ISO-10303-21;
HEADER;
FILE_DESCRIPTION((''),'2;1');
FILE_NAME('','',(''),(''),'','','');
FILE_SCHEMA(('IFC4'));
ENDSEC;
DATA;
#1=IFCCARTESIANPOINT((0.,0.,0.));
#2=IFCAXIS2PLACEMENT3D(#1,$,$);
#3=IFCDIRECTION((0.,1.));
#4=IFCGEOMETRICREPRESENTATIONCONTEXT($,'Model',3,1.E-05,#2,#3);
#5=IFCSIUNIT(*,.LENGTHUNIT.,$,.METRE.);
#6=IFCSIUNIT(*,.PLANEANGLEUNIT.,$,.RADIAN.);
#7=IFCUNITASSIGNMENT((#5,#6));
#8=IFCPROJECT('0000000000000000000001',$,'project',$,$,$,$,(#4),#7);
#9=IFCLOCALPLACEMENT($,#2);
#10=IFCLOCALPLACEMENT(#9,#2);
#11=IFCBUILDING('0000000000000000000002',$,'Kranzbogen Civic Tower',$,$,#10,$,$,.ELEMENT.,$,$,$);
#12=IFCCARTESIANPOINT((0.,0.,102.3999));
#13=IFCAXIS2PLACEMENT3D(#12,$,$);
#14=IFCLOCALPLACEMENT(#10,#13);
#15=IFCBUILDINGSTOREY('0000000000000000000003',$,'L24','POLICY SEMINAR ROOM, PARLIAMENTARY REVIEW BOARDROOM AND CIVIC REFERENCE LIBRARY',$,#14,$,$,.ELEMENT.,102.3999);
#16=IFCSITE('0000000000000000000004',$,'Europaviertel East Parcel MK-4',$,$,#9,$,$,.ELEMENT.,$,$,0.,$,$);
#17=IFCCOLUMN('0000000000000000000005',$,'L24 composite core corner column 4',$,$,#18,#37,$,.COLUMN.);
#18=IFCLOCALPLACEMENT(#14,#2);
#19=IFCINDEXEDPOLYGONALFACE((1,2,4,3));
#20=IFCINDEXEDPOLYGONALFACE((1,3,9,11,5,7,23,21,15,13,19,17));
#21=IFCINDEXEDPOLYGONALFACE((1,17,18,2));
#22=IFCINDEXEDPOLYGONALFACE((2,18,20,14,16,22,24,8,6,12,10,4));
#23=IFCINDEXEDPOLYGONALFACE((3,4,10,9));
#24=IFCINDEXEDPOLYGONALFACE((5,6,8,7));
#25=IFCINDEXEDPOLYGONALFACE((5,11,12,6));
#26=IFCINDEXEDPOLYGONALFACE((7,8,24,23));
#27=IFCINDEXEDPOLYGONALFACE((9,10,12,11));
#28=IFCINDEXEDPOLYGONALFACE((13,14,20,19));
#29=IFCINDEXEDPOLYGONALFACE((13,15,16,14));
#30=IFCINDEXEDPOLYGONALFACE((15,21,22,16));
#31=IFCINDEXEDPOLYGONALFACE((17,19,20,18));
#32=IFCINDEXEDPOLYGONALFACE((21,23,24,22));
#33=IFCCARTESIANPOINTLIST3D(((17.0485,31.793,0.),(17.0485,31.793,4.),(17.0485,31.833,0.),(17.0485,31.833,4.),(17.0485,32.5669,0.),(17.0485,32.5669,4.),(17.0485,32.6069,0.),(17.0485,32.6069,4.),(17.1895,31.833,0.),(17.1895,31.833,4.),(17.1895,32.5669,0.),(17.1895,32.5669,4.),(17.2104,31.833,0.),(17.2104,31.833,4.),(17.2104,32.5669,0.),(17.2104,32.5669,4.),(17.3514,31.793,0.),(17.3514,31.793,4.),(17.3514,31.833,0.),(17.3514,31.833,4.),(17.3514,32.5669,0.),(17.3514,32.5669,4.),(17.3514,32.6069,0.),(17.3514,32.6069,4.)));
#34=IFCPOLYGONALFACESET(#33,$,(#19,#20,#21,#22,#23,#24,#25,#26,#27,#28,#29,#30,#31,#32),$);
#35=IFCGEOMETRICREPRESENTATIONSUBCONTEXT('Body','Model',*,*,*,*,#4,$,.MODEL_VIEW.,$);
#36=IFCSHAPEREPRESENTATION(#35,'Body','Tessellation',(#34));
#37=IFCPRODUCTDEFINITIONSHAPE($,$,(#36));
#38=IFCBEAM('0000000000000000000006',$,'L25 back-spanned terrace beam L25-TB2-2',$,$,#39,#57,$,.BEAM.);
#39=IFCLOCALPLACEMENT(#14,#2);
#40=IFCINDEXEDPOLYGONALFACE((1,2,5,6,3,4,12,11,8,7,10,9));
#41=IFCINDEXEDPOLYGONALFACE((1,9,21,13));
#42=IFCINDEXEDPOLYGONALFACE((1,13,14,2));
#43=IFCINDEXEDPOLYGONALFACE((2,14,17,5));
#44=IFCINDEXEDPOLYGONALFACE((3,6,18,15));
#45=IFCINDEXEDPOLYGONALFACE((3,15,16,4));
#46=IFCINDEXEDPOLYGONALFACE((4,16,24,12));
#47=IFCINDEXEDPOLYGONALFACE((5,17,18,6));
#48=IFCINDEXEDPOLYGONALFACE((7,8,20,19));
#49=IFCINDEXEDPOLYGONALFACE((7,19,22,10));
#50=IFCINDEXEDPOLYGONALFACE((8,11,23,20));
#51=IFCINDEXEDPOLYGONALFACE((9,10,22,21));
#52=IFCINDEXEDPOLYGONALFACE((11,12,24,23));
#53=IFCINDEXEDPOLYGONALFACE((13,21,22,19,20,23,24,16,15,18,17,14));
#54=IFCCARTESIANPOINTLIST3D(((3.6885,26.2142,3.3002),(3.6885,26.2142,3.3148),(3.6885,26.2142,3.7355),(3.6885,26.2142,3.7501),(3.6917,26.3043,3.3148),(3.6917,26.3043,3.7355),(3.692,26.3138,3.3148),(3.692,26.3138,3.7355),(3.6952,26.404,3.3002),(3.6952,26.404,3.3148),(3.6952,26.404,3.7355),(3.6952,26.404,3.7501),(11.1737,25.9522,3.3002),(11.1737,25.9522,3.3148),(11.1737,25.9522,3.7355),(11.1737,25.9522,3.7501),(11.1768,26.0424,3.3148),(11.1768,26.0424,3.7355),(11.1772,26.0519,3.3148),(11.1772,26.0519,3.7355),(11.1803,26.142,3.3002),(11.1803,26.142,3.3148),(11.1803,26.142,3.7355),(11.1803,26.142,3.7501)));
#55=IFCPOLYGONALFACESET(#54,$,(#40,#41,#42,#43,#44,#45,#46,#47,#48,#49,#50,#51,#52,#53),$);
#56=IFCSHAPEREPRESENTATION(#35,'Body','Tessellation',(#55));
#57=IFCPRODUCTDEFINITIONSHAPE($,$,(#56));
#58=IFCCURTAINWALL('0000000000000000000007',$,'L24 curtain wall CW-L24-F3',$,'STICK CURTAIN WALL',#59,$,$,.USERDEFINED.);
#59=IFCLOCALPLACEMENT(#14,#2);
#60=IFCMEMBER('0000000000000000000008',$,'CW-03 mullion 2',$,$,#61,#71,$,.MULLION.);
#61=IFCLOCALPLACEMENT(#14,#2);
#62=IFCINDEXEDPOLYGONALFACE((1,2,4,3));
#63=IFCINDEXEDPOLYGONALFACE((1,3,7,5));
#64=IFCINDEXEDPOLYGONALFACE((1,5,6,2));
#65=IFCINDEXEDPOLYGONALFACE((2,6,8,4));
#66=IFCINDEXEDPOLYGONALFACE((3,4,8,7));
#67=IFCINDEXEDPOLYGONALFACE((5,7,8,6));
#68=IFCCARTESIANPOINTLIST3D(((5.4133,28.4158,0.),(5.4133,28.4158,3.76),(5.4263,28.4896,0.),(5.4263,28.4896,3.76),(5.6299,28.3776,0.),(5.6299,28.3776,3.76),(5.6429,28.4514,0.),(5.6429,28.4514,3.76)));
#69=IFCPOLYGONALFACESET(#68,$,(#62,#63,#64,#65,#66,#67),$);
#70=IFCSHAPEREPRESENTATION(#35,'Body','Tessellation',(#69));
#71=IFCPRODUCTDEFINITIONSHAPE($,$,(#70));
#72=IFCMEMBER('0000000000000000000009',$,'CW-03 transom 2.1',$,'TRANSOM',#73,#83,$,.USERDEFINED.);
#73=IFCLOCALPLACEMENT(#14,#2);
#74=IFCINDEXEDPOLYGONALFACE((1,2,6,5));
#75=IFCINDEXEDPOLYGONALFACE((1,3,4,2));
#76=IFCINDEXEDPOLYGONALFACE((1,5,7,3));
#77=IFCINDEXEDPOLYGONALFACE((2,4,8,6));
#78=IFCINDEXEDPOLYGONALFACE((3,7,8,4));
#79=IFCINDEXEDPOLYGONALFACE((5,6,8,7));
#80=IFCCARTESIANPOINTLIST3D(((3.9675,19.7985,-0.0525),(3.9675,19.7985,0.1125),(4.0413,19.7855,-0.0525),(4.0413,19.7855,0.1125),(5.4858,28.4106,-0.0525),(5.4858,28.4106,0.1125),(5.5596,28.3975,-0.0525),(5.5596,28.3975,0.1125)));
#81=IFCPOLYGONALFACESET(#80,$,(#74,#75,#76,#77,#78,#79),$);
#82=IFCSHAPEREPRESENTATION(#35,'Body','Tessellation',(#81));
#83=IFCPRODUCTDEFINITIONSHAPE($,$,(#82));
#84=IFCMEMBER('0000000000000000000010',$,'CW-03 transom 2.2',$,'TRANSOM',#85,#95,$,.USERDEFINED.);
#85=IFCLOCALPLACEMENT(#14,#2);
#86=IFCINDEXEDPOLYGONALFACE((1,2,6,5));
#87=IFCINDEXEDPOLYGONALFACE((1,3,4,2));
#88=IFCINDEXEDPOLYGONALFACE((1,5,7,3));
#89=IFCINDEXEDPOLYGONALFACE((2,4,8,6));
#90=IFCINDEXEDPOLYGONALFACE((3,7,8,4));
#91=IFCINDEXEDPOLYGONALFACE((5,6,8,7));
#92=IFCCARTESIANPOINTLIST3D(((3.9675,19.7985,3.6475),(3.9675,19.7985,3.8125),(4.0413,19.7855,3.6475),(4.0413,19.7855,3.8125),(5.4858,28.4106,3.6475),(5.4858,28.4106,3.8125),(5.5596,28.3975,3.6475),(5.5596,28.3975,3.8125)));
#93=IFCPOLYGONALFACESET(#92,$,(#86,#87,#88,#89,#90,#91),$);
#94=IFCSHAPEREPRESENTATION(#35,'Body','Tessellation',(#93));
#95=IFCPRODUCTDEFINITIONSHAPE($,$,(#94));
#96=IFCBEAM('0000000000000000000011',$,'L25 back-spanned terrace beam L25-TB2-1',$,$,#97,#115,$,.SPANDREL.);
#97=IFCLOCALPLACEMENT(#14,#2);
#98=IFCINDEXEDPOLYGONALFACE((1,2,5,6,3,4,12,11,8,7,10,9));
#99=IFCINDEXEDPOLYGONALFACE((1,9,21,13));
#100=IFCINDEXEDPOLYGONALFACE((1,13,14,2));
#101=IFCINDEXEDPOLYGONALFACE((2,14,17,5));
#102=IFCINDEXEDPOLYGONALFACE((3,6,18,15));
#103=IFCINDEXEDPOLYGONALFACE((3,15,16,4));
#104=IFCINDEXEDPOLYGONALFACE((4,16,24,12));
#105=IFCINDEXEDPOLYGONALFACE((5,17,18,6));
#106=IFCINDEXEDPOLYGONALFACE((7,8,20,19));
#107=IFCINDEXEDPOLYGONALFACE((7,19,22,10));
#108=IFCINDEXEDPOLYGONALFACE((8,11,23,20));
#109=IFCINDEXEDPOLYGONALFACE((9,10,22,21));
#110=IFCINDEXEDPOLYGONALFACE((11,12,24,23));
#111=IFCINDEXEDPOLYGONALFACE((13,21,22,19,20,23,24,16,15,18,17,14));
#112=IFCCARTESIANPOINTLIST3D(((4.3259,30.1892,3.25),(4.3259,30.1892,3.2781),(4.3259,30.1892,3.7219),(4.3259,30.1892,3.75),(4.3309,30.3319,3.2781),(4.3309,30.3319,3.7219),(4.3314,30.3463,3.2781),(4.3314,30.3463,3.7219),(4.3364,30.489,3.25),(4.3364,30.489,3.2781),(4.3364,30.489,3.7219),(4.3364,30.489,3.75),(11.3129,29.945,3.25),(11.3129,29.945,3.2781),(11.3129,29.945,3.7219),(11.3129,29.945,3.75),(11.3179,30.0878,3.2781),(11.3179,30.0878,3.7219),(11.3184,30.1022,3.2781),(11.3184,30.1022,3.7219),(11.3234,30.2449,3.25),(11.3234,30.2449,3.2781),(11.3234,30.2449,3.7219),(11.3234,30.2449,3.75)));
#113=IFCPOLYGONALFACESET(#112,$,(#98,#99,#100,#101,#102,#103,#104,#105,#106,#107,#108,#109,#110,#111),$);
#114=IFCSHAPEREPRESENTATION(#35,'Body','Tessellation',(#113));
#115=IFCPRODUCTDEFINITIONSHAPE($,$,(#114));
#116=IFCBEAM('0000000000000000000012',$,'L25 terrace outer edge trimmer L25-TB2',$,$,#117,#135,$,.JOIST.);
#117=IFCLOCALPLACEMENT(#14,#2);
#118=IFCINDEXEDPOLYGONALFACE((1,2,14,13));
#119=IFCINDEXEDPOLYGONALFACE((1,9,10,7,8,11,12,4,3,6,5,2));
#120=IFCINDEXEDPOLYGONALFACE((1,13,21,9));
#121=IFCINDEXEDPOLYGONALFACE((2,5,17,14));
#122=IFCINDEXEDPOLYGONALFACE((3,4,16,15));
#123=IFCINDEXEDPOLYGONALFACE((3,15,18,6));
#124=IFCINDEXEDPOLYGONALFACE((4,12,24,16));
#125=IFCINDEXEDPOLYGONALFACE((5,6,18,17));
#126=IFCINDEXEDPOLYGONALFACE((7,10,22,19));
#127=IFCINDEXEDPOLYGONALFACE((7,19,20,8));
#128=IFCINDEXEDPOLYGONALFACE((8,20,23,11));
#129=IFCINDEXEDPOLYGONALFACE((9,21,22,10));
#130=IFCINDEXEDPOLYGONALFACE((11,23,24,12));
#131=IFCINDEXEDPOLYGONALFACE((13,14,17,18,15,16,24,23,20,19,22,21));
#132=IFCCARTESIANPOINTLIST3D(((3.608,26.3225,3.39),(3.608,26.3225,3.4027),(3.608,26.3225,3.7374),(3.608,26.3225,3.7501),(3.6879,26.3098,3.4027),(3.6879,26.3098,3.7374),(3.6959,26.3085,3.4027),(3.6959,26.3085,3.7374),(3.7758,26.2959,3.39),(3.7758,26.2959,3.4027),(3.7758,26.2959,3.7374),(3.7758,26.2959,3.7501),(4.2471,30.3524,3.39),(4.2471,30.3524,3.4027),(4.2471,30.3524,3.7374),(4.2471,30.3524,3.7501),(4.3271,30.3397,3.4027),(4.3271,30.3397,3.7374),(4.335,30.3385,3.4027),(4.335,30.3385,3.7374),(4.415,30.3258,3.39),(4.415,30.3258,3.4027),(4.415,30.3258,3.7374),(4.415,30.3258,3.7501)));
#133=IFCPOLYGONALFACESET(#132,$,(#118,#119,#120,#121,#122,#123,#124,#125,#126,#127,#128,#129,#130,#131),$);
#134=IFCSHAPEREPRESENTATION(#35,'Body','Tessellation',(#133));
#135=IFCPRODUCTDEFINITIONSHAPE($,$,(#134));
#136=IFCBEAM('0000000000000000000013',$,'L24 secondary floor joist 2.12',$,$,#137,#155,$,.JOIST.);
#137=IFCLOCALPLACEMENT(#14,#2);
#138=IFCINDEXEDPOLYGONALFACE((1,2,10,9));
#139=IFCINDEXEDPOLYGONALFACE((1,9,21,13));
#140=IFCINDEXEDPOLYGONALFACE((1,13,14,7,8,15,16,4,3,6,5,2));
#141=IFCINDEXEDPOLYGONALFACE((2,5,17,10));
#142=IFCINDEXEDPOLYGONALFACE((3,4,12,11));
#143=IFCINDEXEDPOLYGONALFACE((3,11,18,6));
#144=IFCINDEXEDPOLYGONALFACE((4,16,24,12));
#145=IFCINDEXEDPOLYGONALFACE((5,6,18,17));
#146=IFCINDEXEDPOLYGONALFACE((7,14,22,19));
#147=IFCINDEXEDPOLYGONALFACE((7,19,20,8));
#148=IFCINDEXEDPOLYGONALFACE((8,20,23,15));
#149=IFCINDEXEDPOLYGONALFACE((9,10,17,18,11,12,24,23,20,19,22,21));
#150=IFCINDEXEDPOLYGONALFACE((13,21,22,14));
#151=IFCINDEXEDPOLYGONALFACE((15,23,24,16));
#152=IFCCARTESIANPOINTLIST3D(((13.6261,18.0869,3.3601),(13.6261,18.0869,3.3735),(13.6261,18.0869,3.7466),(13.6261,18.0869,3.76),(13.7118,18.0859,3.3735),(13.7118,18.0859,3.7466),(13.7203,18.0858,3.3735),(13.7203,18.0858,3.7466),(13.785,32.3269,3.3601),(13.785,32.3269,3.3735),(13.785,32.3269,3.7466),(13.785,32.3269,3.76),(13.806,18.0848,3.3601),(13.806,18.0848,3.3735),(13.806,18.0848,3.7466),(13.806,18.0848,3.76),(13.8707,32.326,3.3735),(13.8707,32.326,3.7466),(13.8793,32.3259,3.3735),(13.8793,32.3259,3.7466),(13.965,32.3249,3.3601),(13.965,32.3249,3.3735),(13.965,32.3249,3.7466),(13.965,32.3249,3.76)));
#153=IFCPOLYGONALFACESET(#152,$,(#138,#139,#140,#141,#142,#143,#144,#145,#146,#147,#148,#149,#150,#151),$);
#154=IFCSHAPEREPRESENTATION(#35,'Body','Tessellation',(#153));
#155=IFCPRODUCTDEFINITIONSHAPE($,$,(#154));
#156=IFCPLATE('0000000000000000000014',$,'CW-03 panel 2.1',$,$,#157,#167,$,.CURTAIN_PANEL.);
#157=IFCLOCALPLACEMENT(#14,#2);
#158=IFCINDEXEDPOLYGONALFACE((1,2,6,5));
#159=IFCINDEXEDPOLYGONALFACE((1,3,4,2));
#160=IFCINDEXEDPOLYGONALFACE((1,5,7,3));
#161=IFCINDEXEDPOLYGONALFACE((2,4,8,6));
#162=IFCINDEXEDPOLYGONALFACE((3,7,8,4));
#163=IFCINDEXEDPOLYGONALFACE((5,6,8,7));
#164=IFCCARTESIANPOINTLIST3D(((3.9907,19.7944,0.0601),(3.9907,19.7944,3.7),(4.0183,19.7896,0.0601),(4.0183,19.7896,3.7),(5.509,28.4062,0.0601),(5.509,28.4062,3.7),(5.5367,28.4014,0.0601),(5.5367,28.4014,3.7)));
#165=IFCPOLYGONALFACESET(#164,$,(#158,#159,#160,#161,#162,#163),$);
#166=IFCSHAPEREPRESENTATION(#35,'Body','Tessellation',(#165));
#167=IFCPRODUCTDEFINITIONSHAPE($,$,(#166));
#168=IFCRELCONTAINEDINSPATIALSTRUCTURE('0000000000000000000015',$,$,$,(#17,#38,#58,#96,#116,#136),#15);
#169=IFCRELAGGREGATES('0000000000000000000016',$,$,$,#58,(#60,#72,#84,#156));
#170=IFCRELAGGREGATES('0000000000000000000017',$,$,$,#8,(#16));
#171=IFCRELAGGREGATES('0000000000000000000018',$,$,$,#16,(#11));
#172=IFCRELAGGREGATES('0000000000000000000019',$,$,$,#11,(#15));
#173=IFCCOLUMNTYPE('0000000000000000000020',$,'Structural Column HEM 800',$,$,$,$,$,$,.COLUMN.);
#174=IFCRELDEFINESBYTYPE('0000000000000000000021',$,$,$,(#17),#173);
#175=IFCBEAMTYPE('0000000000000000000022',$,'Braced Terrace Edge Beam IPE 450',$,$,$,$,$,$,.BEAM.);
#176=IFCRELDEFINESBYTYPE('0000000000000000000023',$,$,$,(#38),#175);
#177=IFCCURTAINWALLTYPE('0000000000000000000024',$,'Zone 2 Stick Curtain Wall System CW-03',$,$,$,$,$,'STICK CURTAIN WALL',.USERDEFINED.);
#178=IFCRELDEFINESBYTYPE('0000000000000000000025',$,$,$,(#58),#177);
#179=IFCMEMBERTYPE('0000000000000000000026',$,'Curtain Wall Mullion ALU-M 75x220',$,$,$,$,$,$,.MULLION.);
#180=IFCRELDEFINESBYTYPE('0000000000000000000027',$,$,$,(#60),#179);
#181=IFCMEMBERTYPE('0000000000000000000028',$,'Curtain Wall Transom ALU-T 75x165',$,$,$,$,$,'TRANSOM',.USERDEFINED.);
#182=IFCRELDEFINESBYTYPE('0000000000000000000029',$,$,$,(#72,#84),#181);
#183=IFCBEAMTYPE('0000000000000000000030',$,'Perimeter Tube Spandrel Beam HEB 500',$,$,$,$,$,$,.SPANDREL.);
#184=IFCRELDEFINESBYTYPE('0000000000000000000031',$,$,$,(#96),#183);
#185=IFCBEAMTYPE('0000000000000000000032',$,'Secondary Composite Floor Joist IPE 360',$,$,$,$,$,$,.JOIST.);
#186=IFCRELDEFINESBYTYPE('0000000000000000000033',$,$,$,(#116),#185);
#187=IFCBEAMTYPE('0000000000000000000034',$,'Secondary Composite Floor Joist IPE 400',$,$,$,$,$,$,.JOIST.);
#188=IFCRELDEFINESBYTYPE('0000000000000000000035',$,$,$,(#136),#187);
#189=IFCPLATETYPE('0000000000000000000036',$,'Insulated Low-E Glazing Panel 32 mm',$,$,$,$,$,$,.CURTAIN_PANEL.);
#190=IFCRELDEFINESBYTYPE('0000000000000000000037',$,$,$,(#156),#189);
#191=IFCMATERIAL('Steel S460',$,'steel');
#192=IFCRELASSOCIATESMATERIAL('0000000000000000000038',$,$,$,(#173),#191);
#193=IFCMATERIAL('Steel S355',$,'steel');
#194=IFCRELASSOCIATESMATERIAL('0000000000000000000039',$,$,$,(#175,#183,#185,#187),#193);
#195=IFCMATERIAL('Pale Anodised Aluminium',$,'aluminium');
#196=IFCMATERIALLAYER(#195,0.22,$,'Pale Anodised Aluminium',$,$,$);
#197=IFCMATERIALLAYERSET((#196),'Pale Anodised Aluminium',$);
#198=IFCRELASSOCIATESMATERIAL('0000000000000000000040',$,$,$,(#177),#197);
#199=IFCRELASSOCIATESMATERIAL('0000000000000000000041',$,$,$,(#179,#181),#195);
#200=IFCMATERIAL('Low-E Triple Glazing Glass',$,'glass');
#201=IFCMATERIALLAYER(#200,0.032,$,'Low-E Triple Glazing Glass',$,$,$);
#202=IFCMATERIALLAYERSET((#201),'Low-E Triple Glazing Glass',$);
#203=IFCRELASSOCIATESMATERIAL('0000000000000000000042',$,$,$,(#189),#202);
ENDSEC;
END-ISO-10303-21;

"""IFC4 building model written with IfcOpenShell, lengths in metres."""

from ifc_helpers import new_model, si_unit, direction, frame, origin, origin_2d, place, context, subcontext, project, spatial, rectangle, i_section, extrude, material, layer, layer_set, material_profile, profile_set, type_object, element, aggregate, save


model = new_model("IFC4")

# Units and contexts
model_context = context("Model", 3, precision=1e-05, world=origin(), true_north=direction((0.0, 1.0)))
body_context = subcontext(model_context, "Body", "Model", "MODEL_VIEW")
ifc_project = project(units=[si_unit("LENGTHUNIT", "METRE"), si_unit("PLANEANGLEUNIT", "RADIAN")], contexts=[model_context])

# Site, building, storey
site_placement = place(None, origin())
site = spatial("IfcSite", under=ifc_project, at=site_placement, Name="Europaviertel East Parcel MK-4", CompositionType="ELEMENT", RefElevation=0.0)
building_placement = place(site_placement, origin())
building = spatial("IfcBuilding", under=site, at=building_placement, Name="Kranzbogen Civic Tower", CompositionType="ELEMENT")
storey_placement = place(building_placement, frame((0.0, 0.0, 102.3999)))
storey = spatial("IfcBuildingStorey", under=building, at=storey_placement, Name="L24", Description="POLICY SEMINAR ROOM, PARLIAMENTARY REVIEW BOARDROOM AND CIVIC REFERENCE LIBRARY", CompositionType="ELEMENT", Elevation=102.3999)

# Column
ifc_material_1 = material(Name="Steel S460", Category="steel")
ifc_material_profile_1 = material_profile(ifc_material_1, i_section(OverallWidth=0.303, OverallDepth=0.814, WebThickness=0.021, FlangeThickness=0.04, at=origin_2d()), Name="HEM 800")
ifc_profile_set_1 = profile_set([ifc_material_profile_1], Name="Steel S460")
column_type = type_object("IfcColumnType", Name="Structural Column HEM 800", PredefinedType="COLUMN", material=ifc_profile_set_1)
column_placement = place(storey_placement, frame((17.2, 32.2, 0.0), z_axis=(0.0, 0.0, 1.0), x_axis=(1.0, 0.0, 0.0)))
element("IfcColumn", 1, at=column_placement, inside=storey, type_object=column_type, Name="L24 composite core corner column 4", PredefinedType="COLUMN", context=body_context, shape_type="SweptSolid", body=[
    extrude(i_section(OverallWidth=0.303, OverallDepth=0.814, WebThickness=0.021, FlangeThickness=0.04, at=origin_2d()), origin(), (0.0, 0.0, 1.0), 4.0),
])

# Beam
ifc_material_2 = material(Name="Steel S355", Category="steel")
ifc_material_profile_2 = material_profile(ifc_material_2, i_section(OverallWidth=0.1899, OverallDepth=0.45, WebThickness=0.0095, FlangeThickness=0.0146, at=origin_2d()), Name="IPE 450")
ifc_profile_set_2 = profile_set([ifc_material_profile_2], Name="Steel S355")
beam_type_1 = type_object("IfcBeamType", Name="Braced Terrace Edge Beam IPE 450", PredefinedType="BEAM", material=ifc_profile_set_2)
beam_1_placement = place(storey_placement, frame((11.177, 26.0471, 3.5251), z_axis=(-0.999388, 0.034976, 0.0), x_axis=(-0.034976, -0.999388, 0.0)))
element("IfcBeam", 2, at=beam_1_placement, inside=storey, type_object=beam_type_1, Name="L25 back-spanned terrace beam L25-TB2-2", PredefinedType="BEAM", context=body_context, shape_type="SweptSolid", body=[
    extrude(i_section(OverallWidth=0.1899, OverallDepth=0.45, WebThickness=0.0095, FlangeThickness=0.0146, at=origin_2d()), origin(), (0.0, 0.0, 1.0), 7.4897),
])

# Curtain wall, members
ifc_material_3 = material(Name="Pale Anodised Aluminium", Category="aluminium")
ifc_layer_1 = layer(ifc_material_3, 0.22, Name="Pale Anodised Aluminium")
ifc_layer_set_1 = layer_set([ifc_layer_1], Name="Pale Anodised Aluminium")
curtain_wall_type = type_object("IfcCurtainWallType", Name="Zone 2 Stick Curtain Wall System CW-03", ElementType="STICK CURTAIN WALL", PredefinedType="USERDEFINED", material=ifc_layer_set_1)
curtain_wall_placement = place(storey_placement, origin())
curtain_wall = element("IfcCurtainWall", 3, at=curtain_wall_placement, inside=storey, type_object=curtain_wall_type, Name="L24 curtain wall CW-L24-F3", ObjectType="STICK CURTAIN WALL", PredefinedType="USERDEFINED")
ifc_material_profile_3 = material_profile(ifc_material_3, rectangle(XDim=0.075, YDim=0.22, at=origin_2d()), Name="ALU-M 75x220")
ifc_profile_set_3 = profile_set([ifc_material_profile_3], Name="Pale Anodised Aluminium")
member_type_1 = type_object("IfcMemberType", Name="Curtain Wall Mullion ALU-M 75x220", PredefinedType="MULLION", material=ifc_profile_set_3)
member_1_placement = place(storey_placement, frame((5.5281, 28.4336, 0.0), z_axis=(0.0, 0.0, 1.0), x_axis=(-0.173634, -0.98481, 0.0)))
member_1 = element("IfcMember", 4, at=member_1_placement, type_object=member_type_1, Name="CW-03 mullion 2", PredefinedType="MULLION", context=body_context, shape_type="SweptSolid", body=[
    extrude(rectangle(XDim=0.075, YDim=0.22, at=origin_2d()), origin(), (0.0, 0.0, 1.0), 3.76),
])
ifc_material_profile_4 = material_profile(ifc_material_3, rectangle(XDim=0.075, YDim=0.165, at=origin_2d()), Name="ALU-T 75x165")
ifc_profile_set_4 = profile_set([ifc_material_profile_4], Name="Pale Anodised Aluminium")
member_type_2 = type_object("IfcMemberType", Name="Curtain Wall Transom ALU-T 75x165", ElementType="TRANSOM", PredefinedType="USERDEFINED", material=ifc_profile_set_4)
member_2_placement = place(storey_placement, frame((5.5227, 28.4041, 0.03), z_axis=(-0.173623, -0.984812, 0.0), x_axis=(0.984812, -0.173623, 0.0)))
member_2 = element("IfcMember", 5, at=member_2_placement, type_object=member_type_2, Name="CW-03 transom 2.1", ObjectType="TRANSOM", PredefinedType="USERDEFINED", context=body_context, shape_type="SweptSolid", body=[
    extrude(rectangle(XDim=0.075, YDim=0.165, at=origin_2d()), origin(), (0.0, 0.0, 1.0), 8.7449),
])
member_3_placement = place(storey_placement, frame((5.5227, 28.4041, 3.73), z_axis=(-0.173623, -0.984812, 0.0), x_axis=(0.984812, -0.173623, 0.0)))
member_3 = element("IfcMember", 6, at=member_3_placement, type_object=member_type_2, Name="CW-03 transom 2.2", ObjectType="TRANSOM", PredefinedType="USERDEFINED", context=body_context, shape_type="SweptSolid", body=[
    extrude(rectangle(XDim=0.075, YDim=0.165, at=origin_2d()), origin(), (0.0, 0.0, 1.0), 8.7449),
])

# Beams
ifc_material_profile_5 = material_profile(ifc_material_2, i_section(OverallWidth=0.3, OverallDepth=0.5, WebThickness=0.0144, FlangeThickness=0.0281, at=origin_2d()), Name="HEB 500")
ifc_profile_set_5 = profile_set([ifc_material_profile_5], Name="Steel S355")
beam_type_2 = type_object("IfcBeamType", Name="Perimeter Tube Spandrel Beam HEB 500", PredefinedType="SPANDREL", material=ifc_profile_set_5)
beam_2_placement = place(storey_placement, frame((11.3181, 30.095, 3.5), z_axis=(-0.99939, 0.034921, 0.0), x_axis=(-0.034921, -0.99939, 0.0)))
element("IfcBeam", 7, at=beam_2_placement, inside=storey, type_object=beam_type_2, Name="L25 back-spanned terrace beam L25-TB2-1", PredefinedType="SPANDREL", context=body_context, shape_type="SweptSolid", body=[
    extrude(i_section(OverallWidth=0.3, OverallDepth=0.5, WebThickness=0.0144, FlangeThickness=0.0281, at=origin_2d()), origin(), (0.0, 0.0, 1.0), 6.9912),
])
ifc_material_profile_6 = material_profile(ifc_material_2, i_section(OverallWidth=0.1699, OverallDepth=0.3601, WebThickness=0.0081, FlangeThickness=0.0127, at=origin_2d()), Name="IPE 360")
ifc_profile_set_6 = profile_set([ifc_material_profile_6], Name="Steel S355")
beam_type_3 = type_object("IfcBeamType", Name="Secondary Composite Floor Joist IPE 360", PredefinedType="JOIST", material=ifc_profile_set_6)
beam_3_placement = place(storey_placement, frame((4.3311, 30.3391, 3.5701), z_axis=(-0.156642, -0.987656, 0.0), x_axis=(0.987656, -0.156642, 0.0)))
element("IfcBeam", 8, at=beam_3_placement, inside=storey, type_object=beam_type_3, Name="L25 terrace outer edge trimmer L25-TB2", PredefinedType="JOIST", context=body_context, shape_type="SweptSolid", body=[
    extrude(i_section(OverallWidth=0.1699, OverallDepth=0.3601, WebThickness=0.0081, FlangeThickness=0.0127, at=origin_2d()), origin(), (0.0, 0.0, 1.0), 4.0803),
])
ifc_material_profile_7 = material_profile(ifc_material_2, i_section(OverallWidth=0.1799, OverallDepth=0.3999, WebThickness=0.0085, FlangeThickness=0.0134, at=origin_2d()), Name="IPE 400")
ifc_profile_set_7 = profile_set([ifc_material_profile_7], Name="Steel S355")
beam_type_4 = type_object("IfcBeamType", Name="Secondary Composite Floor Joist IPE 400", PredefinedType="JOIST", material=ifc_profile_set_7)
beam_4_placement = place(storey_placement, frame((13.875, 32.3259, 3.5601), z_axis=(-0.011161, -0.999938, 0.0), x_axis=(0.999938, -0.011161, 0.0)))
element("IfcBeam", 9, at=beam_4_placement, inside=storey, type_object=beam_type_4, Name="L24 secondary floor joist 2.12", PredefinedType="JOIST", context=body_context, shape_type="SweptSolid", body=[
    extrude(i_section(OverallWidth=0.1799, OverallDepth=0.3999, WebThickness=0.0085, FlangeThickness=0.0134, at=origin_2d()), origin(), (0.0, 0.0, 1.0), 14.241),
])

# Plate
ifc_material_4 = material(Name="Low-E Triple Glazing Glass", Category="glass")
ifc_layer_2 = layer(ifc_material_4, 0.032, Name="Low-E Triple Glazing Glass")
ifc_layer_set_2 = layer_set([ifc_layer_2], Name="Low-E Triple Glazing Glass")
plate_type = type_object("IfcPlateType", Name="Insulated Low-E Glazing Panel 32 mm", PredefinedType="CURTAIN_PANEL", material=ifc_layer_set_2)
plate_placement = place(storey_placement, frame((4.7637, 24.0979, 0.0601), z_axis=(0.0, 0.0, 1.0), x_axis=(-0.173634, -0.98481, 0.0)))
plate = element("IfcPlate", 10, at=plate_placement, type_object=plate_type, Name="CW-03 panel 2.1", PredefinedType="CURTAIN_PANEL", context=body_context, shape_type="SweptSolid", body=[
    extrude(rectangle(XDim=8.7446, YDim=0.0281, at=origin_2d()), origin(), (0.0, 0.0, 1.0), 3.6399),
])
aggregate(curtain_wall, [member_1, member_2, member_3, plate])

save(model, "model.ifc")
